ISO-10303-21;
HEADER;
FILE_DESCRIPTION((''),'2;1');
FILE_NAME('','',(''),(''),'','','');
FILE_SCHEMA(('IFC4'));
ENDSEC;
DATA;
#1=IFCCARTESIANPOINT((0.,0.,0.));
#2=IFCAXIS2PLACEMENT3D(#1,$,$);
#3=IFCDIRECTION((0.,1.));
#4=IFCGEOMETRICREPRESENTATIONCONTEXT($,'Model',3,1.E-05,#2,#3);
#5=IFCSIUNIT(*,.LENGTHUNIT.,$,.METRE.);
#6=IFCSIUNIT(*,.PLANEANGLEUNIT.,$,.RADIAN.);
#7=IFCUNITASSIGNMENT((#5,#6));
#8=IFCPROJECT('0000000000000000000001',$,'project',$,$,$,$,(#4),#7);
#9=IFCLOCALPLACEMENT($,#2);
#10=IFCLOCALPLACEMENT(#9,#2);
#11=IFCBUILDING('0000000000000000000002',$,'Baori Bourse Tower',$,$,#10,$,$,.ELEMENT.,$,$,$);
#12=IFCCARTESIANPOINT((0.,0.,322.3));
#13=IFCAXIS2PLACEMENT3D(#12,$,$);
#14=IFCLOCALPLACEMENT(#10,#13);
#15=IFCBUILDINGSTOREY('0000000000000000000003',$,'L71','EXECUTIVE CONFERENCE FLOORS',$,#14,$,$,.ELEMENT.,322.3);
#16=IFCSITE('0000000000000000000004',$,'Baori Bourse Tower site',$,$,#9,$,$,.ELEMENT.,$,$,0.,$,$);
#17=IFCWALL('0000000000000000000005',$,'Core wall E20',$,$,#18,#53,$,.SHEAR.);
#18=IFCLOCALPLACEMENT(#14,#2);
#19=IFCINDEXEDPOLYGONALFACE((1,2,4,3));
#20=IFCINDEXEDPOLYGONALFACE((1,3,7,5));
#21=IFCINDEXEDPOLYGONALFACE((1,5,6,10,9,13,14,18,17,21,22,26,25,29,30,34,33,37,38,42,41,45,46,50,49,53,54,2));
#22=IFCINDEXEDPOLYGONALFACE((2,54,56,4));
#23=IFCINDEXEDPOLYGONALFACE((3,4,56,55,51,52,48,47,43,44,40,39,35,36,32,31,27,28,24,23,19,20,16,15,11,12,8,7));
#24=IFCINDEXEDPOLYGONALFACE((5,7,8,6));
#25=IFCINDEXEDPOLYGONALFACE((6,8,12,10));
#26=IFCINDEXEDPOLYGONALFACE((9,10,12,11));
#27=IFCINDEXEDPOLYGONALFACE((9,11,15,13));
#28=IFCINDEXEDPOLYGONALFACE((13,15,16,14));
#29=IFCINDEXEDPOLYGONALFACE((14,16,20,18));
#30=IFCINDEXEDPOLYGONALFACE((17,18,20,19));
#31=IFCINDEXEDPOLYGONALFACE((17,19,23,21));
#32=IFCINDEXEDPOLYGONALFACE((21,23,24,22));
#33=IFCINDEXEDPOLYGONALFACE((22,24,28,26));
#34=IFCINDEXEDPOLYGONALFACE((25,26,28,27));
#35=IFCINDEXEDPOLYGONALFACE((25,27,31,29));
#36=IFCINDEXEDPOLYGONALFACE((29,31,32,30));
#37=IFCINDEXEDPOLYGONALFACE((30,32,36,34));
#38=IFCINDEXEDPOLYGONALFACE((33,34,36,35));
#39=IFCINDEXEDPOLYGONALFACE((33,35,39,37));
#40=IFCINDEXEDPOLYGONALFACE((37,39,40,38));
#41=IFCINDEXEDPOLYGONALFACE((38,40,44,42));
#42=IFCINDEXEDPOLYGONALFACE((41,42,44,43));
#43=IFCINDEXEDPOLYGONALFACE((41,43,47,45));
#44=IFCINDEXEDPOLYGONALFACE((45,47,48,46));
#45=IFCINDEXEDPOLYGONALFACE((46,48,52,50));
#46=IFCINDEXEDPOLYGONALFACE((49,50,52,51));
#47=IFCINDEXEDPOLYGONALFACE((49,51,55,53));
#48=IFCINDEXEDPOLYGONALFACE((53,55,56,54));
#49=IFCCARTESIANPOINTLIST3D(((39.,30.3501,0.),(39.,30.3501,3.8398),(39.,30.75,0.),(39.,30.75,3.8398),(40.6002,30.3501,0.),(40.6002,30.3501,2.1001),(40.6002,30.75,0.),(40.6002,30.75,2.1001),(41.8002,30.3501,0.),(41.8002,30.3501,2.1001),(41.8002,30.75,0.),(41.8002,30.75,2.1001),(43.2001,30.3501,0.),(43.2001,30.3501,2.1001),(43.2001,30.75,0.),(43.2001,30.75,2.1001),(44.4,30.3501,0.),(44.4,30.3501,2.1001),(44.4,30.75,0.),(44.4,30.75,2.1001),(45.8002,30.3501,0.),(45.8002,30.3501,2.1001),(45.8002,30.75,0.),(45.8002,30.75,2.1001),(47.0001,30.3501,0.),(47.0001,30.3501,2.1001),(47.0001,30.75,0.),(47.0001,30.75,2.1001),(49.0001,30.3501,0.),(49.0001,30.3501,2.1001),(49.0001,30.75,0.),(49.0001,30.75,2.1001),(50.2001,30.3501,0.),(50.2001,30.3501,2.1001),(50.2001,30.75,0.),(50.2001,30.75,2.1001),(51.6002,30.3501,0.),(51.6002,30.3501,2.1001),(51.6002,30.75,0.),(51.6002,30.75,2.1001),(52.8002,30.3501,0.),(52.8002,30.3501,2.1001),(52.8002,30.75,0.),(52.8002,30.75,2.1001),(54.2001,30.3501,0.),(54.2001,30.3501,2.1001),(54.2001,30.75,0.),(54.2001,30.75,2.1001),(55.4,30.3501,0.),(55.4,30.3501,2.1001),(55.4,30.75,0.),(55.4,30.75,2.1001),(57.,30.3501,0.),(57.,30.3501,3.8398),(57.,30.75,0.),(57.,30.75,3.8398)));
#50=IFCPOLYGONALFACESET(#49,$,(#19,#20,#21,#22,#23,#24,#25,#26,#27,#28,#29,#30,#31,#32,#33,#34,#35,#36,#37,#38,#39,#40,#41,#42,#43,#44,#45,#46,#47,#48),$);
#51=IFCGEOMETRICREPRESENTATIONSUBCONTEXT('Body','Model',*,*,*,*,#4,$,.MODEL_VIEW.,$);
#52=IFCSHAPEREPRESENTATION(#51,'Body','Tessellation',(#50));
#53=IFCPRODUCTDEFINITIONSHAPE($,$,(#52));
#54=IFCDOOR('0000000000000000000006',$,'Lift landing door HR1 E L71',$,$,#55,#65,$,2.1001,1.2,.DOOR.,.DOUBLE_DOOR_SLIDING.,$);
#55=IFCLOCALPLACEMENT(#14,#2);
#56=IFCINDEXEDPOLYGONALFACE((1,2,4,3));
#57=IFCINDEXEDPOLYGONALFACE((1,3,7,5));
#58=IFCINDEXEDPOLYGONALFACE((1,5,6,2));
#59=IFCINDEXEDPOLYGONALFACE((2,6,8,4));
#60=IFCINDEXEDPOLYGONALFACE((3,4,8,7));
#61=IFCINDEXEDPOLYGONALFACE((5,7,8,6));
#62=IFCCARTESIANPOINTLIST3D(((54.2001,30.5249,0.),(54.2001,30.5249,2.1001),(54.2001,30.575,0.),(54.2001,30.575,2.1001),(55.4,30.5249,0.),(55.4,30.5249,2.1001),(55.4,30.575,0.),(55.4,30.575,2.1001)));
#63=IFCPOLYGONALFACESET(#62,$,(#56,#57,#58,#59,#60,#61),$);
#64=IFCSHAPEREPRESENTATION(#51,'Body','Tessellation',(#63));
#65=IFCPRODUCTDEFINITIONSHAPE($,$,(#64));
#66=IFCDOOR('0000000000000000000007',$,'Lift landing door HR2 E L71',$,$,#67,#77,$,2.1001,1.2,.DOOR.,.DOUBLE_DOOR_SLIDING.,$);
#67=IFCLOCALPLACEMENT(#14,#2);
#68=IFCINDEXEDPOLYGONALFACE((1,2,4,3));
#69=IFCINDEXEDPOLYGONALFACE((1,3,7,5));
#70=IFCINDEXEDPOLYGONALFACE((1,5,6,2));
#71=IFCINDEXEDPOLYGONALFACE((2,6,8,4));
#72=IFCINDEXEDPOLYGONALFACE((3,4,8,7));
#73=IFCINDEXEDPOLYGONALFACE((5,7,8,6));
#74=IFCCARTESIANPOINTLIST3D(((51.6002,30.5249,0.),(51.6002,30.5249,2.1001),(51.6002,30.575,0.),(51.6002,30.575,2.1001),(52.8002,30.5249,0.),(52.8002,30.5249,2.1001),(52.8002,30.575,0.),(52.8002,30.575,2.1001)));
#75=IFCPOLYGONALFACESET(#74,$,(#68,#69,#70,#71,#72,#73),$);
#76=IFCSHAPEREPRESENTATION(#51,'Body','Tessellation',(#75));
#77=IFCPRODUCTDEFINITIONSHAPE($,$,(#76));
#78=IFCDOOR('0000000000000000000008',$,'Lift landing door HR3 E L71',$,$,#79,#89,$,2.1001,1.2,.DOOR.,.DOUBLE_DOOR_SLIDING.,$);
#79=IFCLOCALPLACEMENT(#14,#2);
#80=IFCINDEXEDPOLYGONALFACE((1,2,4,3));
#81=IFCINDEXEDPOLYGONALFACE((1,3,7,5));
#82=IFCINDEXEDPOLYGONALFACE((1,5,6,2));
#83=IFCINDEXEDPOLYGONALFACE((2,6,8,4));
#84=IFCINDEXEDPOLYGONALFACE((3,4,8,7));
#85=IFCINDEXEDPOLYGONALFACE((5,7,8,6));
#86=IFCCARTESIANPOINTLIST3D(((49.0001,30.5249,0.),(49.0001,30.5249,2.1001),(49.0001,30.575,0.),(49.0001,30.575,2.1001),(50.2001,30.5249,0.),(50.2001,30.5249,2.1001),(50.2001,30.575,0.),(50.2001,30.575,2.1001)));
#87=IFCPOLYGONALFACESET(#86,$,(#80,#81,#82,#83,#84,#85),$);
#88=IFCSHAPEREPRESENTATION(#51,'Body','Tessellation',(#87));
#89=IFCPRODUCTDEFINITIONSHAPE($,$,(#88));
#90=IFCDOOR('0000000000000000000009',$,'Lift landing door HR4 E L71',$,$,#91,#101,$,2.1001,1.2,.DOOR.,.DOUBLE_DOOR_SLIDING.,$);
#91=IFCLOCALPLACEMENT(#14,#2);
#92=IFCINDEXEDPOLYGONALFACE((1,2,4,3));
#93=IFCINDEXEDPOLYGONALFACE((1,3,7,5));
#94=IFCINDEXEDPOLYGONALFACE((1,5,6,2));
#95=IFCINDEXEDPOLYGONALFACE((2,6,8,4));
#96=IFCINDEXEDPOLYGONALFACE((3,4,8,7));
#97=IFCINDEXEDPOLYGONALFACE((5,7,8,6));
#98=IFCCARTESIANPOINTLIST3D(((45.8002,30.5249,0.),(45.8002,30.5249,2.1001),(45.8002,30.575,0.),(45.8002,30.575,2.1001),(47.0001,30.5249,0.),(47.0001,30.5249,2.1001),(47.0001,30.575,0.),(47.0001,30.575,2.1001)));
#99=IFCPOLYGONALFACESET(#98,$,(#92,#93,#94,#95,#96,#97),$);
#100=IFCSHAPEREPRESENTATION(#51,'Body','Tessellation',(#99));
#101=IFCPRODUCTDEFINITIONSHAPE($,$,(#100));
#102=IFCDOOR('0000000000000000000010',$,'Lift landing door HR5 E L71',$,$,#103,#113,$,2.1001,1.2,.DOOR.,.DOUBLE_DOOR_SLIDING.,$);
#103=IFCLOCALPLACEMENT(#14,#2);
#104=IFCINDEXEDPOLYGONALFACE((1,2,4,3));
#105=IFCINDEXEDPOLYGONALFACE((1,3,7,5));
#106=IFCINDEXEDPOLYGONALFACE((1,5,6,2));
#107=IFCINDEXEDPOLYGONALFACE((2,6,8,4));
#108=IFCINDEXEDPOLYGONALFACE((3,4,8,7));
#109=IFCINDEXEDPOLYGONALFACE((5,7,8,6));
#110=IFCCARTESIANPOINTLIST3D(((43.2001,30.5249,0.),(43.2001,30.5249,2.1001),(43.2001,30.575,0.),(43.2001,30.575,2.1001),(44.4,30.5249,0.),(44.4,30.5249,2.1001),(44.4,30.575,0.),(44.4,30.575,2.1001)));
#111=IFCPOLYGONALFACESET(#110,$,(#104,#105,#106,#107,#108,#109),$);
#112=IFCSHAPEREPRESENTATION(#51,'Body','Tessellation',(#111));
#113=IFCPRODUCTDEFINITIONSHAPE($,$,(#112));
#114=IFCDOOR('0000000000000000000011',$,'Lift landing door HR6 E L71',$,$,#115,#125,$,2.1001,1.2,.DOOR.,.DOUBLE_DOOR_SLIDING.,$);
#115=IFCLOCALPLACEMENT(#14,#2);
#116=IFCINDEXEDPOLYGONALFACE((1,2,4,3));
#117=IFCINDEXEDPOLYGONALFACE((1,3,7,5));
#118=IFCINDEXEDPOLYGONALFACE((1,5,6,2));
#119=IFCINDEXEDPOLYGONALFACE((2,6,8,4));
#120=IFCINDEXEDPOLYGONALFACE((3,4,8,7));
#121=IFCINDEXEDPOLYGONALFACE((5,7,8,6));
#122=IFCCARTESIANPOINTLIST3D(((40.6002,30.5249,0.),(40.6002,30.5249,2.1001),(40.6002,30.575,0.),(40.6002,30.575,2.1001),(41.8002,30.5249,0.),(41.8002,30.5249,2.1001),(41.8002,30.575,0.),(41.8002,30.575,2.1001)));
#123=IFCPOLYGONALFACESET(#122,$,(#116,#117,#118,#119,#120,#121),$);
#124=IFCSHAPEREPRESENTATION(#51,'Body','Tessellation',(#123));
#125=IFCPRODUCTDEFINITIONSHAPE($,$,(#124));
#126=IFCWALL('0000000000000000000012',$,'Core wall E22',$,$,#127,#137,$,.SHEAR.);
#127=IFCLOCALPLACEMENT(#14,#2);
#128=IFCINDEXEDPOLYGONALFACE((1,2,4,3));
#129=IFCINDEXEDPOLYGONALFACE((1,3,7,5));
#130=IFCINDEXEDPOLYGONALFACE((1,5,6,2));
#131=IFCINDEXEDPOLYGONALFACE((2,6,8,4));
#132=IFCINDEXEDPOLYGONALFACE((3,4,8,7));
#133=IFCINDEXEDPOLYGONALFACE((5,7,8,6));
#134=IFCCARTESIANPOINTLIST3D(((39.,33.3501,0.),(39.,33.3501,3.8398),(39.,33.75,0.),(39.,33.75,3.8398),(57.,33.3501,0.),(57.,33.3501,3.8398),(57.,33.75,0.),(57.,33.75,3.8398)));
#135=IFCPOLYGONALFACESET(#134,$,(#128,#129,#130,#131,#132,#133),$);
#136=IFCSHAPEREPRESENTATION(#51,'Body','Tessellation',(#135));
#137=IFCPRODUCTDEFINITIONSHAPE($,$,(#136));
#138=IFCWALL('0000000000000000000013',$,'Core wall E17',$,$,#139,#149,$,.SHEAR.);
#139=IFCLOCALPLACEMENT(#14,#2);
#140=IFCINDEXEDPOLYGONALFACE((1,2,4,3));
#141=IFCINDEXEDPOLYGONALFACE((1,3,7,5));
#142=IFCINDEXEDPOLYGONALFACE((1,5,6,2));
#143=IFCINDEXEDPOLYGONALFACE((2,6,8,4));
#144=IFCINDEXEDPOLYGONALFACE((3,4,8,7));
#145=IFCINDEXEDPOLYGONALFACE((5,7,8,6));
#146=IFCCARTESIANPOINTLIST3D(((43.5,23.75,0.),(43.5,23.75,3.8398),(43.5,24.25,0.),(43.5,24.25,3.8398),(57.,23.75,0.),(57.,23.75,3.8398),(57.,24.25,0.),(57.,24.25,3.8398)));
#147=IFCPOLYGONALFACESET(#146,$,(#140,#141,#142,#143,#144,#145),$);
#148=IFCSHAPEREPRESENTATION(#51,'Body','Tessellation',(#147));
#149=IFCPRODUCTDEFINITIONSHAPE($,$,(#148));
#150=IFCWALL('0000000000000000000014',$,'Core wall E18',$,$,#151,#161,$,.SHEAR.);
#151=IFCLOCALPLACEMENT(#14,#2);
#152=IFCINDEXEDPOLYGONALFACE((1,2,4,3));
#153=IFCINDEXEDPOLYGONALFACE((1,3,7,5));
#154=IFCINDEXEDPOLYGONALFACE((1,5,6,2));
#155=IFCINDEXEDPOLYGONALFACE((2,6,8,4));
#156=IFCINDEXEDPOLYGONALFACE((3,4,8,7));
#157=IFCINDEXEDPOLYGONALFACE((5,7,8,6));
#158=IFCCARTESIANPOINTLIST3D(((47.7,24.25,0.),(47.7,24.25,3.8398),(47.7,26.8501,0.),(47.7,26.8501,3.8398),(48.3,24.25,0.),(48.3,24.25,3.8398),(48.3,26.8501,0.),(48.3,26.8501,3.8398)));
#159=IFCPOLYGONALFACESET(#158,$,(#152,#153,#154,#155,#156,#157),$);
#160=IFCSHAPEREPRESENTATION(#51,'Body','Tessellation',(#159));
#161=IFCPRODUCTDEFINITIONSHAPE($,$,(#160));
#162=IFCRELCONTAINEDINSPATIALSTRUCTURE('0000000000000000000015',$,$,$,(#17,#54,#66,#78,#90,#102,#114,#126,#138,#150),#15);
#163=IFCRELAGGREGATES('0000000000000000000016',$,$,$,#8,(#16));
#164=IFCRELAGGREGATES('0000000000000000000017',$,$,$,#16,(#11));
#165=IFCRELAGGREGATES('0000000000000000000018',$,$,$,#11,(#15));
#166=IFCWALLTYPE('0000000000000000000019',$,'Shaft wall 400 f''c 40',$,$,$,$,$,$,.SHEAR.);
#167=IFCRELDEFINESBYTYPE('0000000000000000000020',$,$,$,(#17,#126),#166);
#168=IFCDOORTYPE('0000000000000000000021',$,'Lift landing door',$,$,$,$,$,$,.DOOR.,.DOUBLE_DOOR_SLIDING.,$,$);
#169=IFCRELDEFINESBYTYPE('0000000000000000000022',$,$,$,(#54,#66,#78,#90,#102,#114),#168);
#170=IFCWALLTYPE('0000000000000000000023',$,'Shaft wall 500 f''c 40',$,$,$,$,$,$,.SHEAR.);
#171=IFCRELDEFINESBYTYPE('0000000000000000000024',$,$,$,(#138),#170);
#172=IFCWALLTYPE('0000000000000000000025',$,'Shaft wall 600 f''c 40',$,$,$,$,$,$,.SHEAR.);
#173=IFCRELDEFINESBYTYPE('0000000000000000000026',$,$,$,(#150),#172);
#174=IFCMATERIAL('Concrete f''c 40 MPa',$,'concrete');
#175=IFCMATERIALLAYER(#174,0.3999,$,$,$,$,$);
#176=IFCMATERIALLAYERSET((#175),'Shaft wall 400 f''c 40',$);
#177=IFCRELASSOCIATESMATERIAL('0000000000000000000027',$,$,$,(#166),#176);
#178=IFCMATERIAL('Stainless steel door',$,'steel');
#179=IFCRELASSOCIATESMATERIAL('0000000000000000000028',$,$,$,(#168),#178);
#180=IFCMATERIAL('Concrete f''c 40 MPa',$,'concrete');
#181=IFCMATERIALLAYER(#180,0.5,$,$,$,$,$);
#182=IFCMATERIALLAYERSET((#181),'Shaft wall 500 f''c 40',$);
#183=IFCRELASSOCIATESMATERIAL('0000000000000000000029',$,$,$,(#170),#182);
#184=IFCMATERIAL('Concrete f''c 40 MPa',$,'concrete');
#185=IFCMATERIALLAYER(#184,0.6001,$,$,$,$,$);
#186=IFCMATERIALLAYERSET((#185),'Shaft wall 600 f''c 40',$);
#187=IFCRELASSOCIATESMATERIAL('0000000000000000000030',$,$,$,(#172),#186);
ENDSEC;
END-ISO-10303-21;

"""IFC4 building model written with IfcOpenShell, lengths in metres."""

from ifc_helpers import new_model, si_unit, direction, frame, frame_2d, origin, place, context, subcontext, project, spatial, rectangle, extrude, material, layer, layer_set, type_object, element, fill, save


model = new_model("IFC4")

# Units and contexts
model_context = context("Model", 3, precision=1e-05, world=origin(), true_north=direction((0.0, 1.0)))
body_context = subcontext(model_context, "Body", "Model", "MODEL_VIEW")
ifc_project = project(units=[si_unit("LENGTHUNIT", "METRE"), si_unit("PLANEANGLEUNIT", "RADIAN")], contexts=[model_context])

# Site, building, storey
site_placement = place(None, origin())
site = spatial("IfcSite", under=ifc_project, at=site_placement, Name="Baori Bourse Tower site", CompositionType="ELEMENT", RefElevation=0.0)
building_placement = place(site_placement, origin())
building = spatial("IfcBuilding", under=site, at=building_placement, Name="Baori Bourse Tower", CompositionType="ELEMENT")
storey_placement = place(building_placement, frame((0.0, 0.0, 322.3)))
storey = spatial("IfcBuildingStorey", under=building, at=storey_placement, Name="L71", Description="EXECUTIVE CONFERENCE FLOORS", CompositionType="ELEMENT", Elevation=322.3)

# Wall, openings, doors
ifc_material_1 = material(Name="Concrete f'c 40 MPa", Category="concrete")
ifc_layer_1 = layer(ifc_material_1, 0.3999)
ifc_layer_set_1 = layer_set([ifc_layer_1], Name="Shaft wall 400 f'c 40")
wall_type_1 = type_object("IfcWallType", Name="Shaft wall 400 f'c 40", PredefinedType="SHEAR", material=ifc_layer_set_1)
ifc_material_2 = material(Name="Stainless steel door", Category="steel")
door_type_1 = type_object("IfcDoorType", Name="Lift landing door", OperationType="DOUBLE_DOOR_SLIDING", PredefinedType="DOOR", material=ifc_material_2)
wall_1_placement = place(storey_placement, frame((39.0, 30.55, 0.0), z_axis=(0.0, 0.0, 1.0), x_axis=(1.0, 0.0, 0.0)))
wall_1 = element("IfcWall", 1, at=wall_1_placement, inside=storey, type_object=wall_type_1, Name="Core wall E20", PredefinedType="SHEAR", context=body_context, shape_type="SweptSolid", body=[
    extrude(rectangle(XDim=18.0, YDim=0.3999, at=frame_2d((9.0, 0.0))), origin(), (0.0, 0.0, 1.0), 3.8398),
])
opening_1_placement = place(wall_1_placement, frame((15.2, 0.0, 0.0)))
opening_1 = element("IfcOpeningElement", 2, at=opening_1_placement, cuts=wall_1, PredefinedType="OPENING", context=body_context, shape_type="SweptSolid", body=[
    extrude(rectangle(XDim=1.2, YDim=2.1001, at=frame_2d((0.6001, 1.05))), frame((0.0, 0.21, 0.0), z_axis=(0.0, -1.0, 0.0), x_axis=(1.0, 0.0, 0.0)), (0.0, 0.0, 1.0), 0.4199),
])
opening_2_placement = place(wall_1_placement, frame((12.6001, 0.0, 0.0)))
opening_2 = element("IfcOpeningElement", 3, at=opening_2_placement, cuts=wall_1, PredefinedType="OPENING", context=body_context, shape_type="SweptSolid", body=[
    extrude(rectangle(XDim=1.2, YDim=2.1001, at=frame_2d((0.6001, 1.05))), frame((0.0, 0.21, 0.0), z_axis=(0.0, -1.0, 0.0), x_axis=(1.0, 0.0, 0.0)), (0.0, 0.0, 1.0), 0.4199),
])
opening_3_placement = place(wall_1_placement, frame((10.0, 0.0, 0.0)))
opening_3 = element("IfcOpeningElement", 4, at=opening_3_placement, cuts=wall_1, PredefinedType="OPENING", context=body_context, shape_type="SweptSolid", body=[
    extrude(rectangle(XDim=1.2, YDim=2.1001, at=frame_2d((0.6001, 1.05))), frame((0.0, 0.21, 0.0), z_axis=(0.0, -1.0, 0.0), x_axis=(1.0, 0.0, 0.0)), (0.0, 0.0, 1.0), 0.4199),
])
opening_4_placement = place(wall_1_placement, frame((6.8, 0.0, 0.0)))
opening_4 = element("IfcOpeningElement", 5, at=opening_4_placement, cuts=wall_1, PredefinedType="OPENING", context=body_context, shape_type="SweptSolid", body=[
    extrude(rectangle(XDim=1.2, YDim=2.1001, at=frame_2d((0.6001, 1.05))), frame((0.0, 0.21, 0.0), z_axis=(0.0, -1.0, 0.0), x_axis=(1.0, 0.0, 0.0)), (0.0, 0.0, 1.0), 0.4199),
])
opening_5_placement = place(wall_1_placement, frame((4.2, 0.0, 0.0)))
opening_5 = element("IfcOpeningElement", 6, at=opening_5_placement, cuts=wall_1, PredefinedType="OPENING", context=body_context, shape_type="SweptSolid", body=[
    extrude(rectangle(XDim=1.2, YDim=2.1001, at=frame_2d((0.6001, 1.05))), frame((0.0, 0.21, 0.0), z_axis=(0.0, -1.0, 0.0), x_axis=(1.0, 0.0, 0.0)), (0.0, 0.0, 1.0), 0.4199),
])
opening_6_placement = place(wall_1_placement, frame((1.6001, 0.0, 0.0)))
opening_6 = element("IfcOpeningElement", 7, at=opening_6_placement, cuts=wall_1, PredefinedType="OPENING", context=body_context, shape_type="SweptSolid", body=[
    extrude(rectangle(XDim=1.2, YDim=2.1001, at=frame_2d((0.6001, 1.05))), frame((0.0, 0.21, 0.0), z_axis=(0.0, -1.0, 0.0), x_axis=(1.0, 0.0, 0.0)), (0.0, 0.0, 1.0), 0.4199),
])
door_1_placement = place(opening_1_placement, origin())
door_1 = element("IfcDoor", 8, at=door_1_placement, inside=storey, type_object=door_type_1, Name="Lift landing door HR1 E L71", OperationType="DOUBLE_DOOR_SLIDING", OverallHeight=2.1001, OverallWidth=1.2, PredefinedType="DOOR", context=body_context, shape_type="SweptSolid", body=[
    extrude(rectangle(XDim=1.2, YDim=2.1001, at=frame_2d((0.6001, 1.05))), frame((0.0, 0.0249, 0.0), z_axis=(0.0, -1.0, 0.0), x_axis=(1.0, 0.0, 0.0)), (0.0, 0.0, 1.0), 0.05),
])
fill(opening_1, door_1)
door_2_placement = place(opening_2_placement, origin())
door_2 = element("IfcDoor", 9, at=door_2_placement, inside=storey, type_object=door_type_1, Name="Lift landing door HR2 E L71", OperationType="DOUBLE_DOOR_SLIDING", OverallHeight=2.1001, OverallWidth=1.2, PredefinedType="DOOR", context=body_context, shape_type="SweptSolid", body=[
    extrude(rectangle(XDim=1.2, YDim=2.1001, at=frame_2d((0.6001, 1.05))), frame((0.0, 0.0249, 0.0), z_axis=(0.0, -1.0, 0.0), x_axis=(1.0, 0.0, 0.0)), (0.0, 0.0, 1.0), 0.05),
])
fill(opening_2, door_2)
door_3_placement = place(opening_3_placement, origin())
door_3 = element("IfcDoor", 10, at=door_3_placement, inside=storey, type_object=door_type_1, Name="Lift landing door HR3 E L71", OperationType="DOUBLE_DOOR_SLIDING", OverallHeight=2.1001, OverallWidth=1.2, PredefinedType="DOOR", context=body_context, shape_type="SweptSolid", body=[
    extrude(rectangle(XDim=1.2, YDim=2.1001, at=frame_2d((0.6001, 1.05))), frame((0.0, 0.0249, 0.0), z_axis=(0.0, -1.0, 0.0), x_axis=(1.0, 0.0, 0.0)), (0.0, 0.0, 1.0), 0.05),
])
fill(opening_3, door_3)
door_4_placement = place(opening_4_placement, origin())
door_4 = element("IfcDoor", 11, at=door_4_placement, inside=storey, type_object=door_type_1, Name="Lift landing door HR4 E L71", OperationType="DOUBLE_DOOR_SLIDING", OverallHeight=2.1001, OverallWidth=1.2, PredefinedType="DOOR", context=body_context, shape_type="SweptSolid", body=[
    extrude(rectangle(XDim=1.2, YDim=2.1001, at=frame_2d((0.6001, 1.05))), frame((0.0, 0.0249, 0.0), z_axis=(0.0, -1.0, 0.0), x_axis=(1.0, 0.0, 0.0)), (0.0, 0.0, 1.0), 0.05),
])
fill(opening_4, door_4)
door_5_placement = place(opening_5_placement, origin())
door_5 = element("IfcDoor", 12, at=door_5_placement, inside=storey, type_object=door_type_1, Name="Lift landing door HR5 E L71", OperationType="DOUBLE_DOOR_SLIDING", OverallHeight=2.1001, OverallWidth=1.2, PredefinedType="DOOR", context=body_context, shape_type="SweptSolid", body=[
    extrude(rectangle(XDim=1.2, YDim=2.1001, at=frame_2d((0.6001, 1.05))), frame((0.0, 0.0249, 0.0), z_axis=(0.0, -1.0, 0.0), x_axis=(1.0, 0.0, 0.0)), (0.0, 0.0, 1.0), 0.05),
])
fill(opening_5, door_5)
door_6_placement = place(opening_6_placement, origin())
door_6 = element("IfcDoor", 13, at=door_6_placement, inside=storey, type_object=door_type_1, Name="Lift landing door HR6 E L71", OperationType="DOUBLE_DOOR_SLIDING", OverallHeight=2.1001, OverallWidth=1.2, PredefinedType="DOOR", context=body_context, shape_type="SweptSolid", body=[
    extrude(rectangle(XDim=1.2, YDim=2.1001, at=frame_2d((0.6001, 1.05))), frame((0.0, 0.0249, 0.0), z_axis=(0.0, -1.0, 0.0), x_axis=(1.0, 0.0, 0.0)), (0.0, 0.0, 1.0), 0.05),
])
fill(opening_6, door_6)

# Walls
wall_2_placement = place(storey_placement, frame((39.0, 33.55, 0.0), z_axis=(0.0, 0.0, 1.0), x_axis=(1.0, 0.0, 0.0)))
element("IfcWall", 14, at=wall_2_placement, inside=storey, type_object=wall_type_1, Name="Core wall E22", PredefinedType="SHEAR", context=body_context, shape_type="SweptSolid", body=[
    extrude(rectangle(XDim=18.0, YDim=0.3999, at=frame_2d((9.0, 0.0))), origin(), (0.0, 0.0, 1.0), 3.8398),
])
ifc_material_3 = material(Name="Concrete f'c 40 MPa", Category="concrete")
ifc_layer_2 = layer(ifc_material_3, 0.5)
ifc_layer_set_2 = layer_set([ifc_layer_2], Name="Shaft wall 500 f'c 40")
wall_type_2 = type_object("IfcWallType", Name="Shaft wall 500 f'c 40", PredefinedType="SHEAR", material=ifc_layer_set_2)
wall_3_placement = place(storey_placement, frame((43.5, 24.0, 0.0), z_axis=(0.0, 0.0, 1.0), x_axis=(1.0, 0.0, 0.0)))
element("IfcWall", 15, at=wall_3_placement, inside=storey, type_object=wall_type_2, Name="Core wall E17", PredefinedType="SHEAR", context=body_context, shape_type="SweptSolid", body=[
    extrude(rectangle(XDim=13.5, YDim=0.5, at=frame_2d((6.75, 0.0))), origin(), (0.0, 0.0, 1.0), 3.8398),
])
ifc_material_4 = material(Name="Concrete f'c 40 MPa", Category="concrete")
ifc_layer_3 = layer(ifc_material_4, 0.6001)
ifc_layer_set_3 = layer_set([ifc_layer_3], Name="Shaft wall 600 f'c 40")
wall_type_3 = type_object("IfcWallType", Name="Shaft wall 600 f'c 40", PredefinedType="SHEAR", material=ifc_layer_set_3)
for number, where, z_axis, x_axis, name in (
    (16, (48.0, 24.25, 0.0), (0.0, 0.0, 1.0), (0.0, 1.0, 0.0), "Core wall E18"),
):
    element("IfcWall", number, at=place(storey_placement, frame(where, z_axis=z_axis, x_axis=x_axis)), inside=storey, type_object=wall_type_3, Name=name, PredefinedType="SHEAR", context=body_context, shape_type="SweptSolid", body=[
        extrude(rectangle(XDim=2.6001, YDim=0.6001, at=frame_2d((1.3, 0.0))), origin(), (0.0, 0.0, 1.0), 3.8398),
    ])

save(model, "model.ifc")
